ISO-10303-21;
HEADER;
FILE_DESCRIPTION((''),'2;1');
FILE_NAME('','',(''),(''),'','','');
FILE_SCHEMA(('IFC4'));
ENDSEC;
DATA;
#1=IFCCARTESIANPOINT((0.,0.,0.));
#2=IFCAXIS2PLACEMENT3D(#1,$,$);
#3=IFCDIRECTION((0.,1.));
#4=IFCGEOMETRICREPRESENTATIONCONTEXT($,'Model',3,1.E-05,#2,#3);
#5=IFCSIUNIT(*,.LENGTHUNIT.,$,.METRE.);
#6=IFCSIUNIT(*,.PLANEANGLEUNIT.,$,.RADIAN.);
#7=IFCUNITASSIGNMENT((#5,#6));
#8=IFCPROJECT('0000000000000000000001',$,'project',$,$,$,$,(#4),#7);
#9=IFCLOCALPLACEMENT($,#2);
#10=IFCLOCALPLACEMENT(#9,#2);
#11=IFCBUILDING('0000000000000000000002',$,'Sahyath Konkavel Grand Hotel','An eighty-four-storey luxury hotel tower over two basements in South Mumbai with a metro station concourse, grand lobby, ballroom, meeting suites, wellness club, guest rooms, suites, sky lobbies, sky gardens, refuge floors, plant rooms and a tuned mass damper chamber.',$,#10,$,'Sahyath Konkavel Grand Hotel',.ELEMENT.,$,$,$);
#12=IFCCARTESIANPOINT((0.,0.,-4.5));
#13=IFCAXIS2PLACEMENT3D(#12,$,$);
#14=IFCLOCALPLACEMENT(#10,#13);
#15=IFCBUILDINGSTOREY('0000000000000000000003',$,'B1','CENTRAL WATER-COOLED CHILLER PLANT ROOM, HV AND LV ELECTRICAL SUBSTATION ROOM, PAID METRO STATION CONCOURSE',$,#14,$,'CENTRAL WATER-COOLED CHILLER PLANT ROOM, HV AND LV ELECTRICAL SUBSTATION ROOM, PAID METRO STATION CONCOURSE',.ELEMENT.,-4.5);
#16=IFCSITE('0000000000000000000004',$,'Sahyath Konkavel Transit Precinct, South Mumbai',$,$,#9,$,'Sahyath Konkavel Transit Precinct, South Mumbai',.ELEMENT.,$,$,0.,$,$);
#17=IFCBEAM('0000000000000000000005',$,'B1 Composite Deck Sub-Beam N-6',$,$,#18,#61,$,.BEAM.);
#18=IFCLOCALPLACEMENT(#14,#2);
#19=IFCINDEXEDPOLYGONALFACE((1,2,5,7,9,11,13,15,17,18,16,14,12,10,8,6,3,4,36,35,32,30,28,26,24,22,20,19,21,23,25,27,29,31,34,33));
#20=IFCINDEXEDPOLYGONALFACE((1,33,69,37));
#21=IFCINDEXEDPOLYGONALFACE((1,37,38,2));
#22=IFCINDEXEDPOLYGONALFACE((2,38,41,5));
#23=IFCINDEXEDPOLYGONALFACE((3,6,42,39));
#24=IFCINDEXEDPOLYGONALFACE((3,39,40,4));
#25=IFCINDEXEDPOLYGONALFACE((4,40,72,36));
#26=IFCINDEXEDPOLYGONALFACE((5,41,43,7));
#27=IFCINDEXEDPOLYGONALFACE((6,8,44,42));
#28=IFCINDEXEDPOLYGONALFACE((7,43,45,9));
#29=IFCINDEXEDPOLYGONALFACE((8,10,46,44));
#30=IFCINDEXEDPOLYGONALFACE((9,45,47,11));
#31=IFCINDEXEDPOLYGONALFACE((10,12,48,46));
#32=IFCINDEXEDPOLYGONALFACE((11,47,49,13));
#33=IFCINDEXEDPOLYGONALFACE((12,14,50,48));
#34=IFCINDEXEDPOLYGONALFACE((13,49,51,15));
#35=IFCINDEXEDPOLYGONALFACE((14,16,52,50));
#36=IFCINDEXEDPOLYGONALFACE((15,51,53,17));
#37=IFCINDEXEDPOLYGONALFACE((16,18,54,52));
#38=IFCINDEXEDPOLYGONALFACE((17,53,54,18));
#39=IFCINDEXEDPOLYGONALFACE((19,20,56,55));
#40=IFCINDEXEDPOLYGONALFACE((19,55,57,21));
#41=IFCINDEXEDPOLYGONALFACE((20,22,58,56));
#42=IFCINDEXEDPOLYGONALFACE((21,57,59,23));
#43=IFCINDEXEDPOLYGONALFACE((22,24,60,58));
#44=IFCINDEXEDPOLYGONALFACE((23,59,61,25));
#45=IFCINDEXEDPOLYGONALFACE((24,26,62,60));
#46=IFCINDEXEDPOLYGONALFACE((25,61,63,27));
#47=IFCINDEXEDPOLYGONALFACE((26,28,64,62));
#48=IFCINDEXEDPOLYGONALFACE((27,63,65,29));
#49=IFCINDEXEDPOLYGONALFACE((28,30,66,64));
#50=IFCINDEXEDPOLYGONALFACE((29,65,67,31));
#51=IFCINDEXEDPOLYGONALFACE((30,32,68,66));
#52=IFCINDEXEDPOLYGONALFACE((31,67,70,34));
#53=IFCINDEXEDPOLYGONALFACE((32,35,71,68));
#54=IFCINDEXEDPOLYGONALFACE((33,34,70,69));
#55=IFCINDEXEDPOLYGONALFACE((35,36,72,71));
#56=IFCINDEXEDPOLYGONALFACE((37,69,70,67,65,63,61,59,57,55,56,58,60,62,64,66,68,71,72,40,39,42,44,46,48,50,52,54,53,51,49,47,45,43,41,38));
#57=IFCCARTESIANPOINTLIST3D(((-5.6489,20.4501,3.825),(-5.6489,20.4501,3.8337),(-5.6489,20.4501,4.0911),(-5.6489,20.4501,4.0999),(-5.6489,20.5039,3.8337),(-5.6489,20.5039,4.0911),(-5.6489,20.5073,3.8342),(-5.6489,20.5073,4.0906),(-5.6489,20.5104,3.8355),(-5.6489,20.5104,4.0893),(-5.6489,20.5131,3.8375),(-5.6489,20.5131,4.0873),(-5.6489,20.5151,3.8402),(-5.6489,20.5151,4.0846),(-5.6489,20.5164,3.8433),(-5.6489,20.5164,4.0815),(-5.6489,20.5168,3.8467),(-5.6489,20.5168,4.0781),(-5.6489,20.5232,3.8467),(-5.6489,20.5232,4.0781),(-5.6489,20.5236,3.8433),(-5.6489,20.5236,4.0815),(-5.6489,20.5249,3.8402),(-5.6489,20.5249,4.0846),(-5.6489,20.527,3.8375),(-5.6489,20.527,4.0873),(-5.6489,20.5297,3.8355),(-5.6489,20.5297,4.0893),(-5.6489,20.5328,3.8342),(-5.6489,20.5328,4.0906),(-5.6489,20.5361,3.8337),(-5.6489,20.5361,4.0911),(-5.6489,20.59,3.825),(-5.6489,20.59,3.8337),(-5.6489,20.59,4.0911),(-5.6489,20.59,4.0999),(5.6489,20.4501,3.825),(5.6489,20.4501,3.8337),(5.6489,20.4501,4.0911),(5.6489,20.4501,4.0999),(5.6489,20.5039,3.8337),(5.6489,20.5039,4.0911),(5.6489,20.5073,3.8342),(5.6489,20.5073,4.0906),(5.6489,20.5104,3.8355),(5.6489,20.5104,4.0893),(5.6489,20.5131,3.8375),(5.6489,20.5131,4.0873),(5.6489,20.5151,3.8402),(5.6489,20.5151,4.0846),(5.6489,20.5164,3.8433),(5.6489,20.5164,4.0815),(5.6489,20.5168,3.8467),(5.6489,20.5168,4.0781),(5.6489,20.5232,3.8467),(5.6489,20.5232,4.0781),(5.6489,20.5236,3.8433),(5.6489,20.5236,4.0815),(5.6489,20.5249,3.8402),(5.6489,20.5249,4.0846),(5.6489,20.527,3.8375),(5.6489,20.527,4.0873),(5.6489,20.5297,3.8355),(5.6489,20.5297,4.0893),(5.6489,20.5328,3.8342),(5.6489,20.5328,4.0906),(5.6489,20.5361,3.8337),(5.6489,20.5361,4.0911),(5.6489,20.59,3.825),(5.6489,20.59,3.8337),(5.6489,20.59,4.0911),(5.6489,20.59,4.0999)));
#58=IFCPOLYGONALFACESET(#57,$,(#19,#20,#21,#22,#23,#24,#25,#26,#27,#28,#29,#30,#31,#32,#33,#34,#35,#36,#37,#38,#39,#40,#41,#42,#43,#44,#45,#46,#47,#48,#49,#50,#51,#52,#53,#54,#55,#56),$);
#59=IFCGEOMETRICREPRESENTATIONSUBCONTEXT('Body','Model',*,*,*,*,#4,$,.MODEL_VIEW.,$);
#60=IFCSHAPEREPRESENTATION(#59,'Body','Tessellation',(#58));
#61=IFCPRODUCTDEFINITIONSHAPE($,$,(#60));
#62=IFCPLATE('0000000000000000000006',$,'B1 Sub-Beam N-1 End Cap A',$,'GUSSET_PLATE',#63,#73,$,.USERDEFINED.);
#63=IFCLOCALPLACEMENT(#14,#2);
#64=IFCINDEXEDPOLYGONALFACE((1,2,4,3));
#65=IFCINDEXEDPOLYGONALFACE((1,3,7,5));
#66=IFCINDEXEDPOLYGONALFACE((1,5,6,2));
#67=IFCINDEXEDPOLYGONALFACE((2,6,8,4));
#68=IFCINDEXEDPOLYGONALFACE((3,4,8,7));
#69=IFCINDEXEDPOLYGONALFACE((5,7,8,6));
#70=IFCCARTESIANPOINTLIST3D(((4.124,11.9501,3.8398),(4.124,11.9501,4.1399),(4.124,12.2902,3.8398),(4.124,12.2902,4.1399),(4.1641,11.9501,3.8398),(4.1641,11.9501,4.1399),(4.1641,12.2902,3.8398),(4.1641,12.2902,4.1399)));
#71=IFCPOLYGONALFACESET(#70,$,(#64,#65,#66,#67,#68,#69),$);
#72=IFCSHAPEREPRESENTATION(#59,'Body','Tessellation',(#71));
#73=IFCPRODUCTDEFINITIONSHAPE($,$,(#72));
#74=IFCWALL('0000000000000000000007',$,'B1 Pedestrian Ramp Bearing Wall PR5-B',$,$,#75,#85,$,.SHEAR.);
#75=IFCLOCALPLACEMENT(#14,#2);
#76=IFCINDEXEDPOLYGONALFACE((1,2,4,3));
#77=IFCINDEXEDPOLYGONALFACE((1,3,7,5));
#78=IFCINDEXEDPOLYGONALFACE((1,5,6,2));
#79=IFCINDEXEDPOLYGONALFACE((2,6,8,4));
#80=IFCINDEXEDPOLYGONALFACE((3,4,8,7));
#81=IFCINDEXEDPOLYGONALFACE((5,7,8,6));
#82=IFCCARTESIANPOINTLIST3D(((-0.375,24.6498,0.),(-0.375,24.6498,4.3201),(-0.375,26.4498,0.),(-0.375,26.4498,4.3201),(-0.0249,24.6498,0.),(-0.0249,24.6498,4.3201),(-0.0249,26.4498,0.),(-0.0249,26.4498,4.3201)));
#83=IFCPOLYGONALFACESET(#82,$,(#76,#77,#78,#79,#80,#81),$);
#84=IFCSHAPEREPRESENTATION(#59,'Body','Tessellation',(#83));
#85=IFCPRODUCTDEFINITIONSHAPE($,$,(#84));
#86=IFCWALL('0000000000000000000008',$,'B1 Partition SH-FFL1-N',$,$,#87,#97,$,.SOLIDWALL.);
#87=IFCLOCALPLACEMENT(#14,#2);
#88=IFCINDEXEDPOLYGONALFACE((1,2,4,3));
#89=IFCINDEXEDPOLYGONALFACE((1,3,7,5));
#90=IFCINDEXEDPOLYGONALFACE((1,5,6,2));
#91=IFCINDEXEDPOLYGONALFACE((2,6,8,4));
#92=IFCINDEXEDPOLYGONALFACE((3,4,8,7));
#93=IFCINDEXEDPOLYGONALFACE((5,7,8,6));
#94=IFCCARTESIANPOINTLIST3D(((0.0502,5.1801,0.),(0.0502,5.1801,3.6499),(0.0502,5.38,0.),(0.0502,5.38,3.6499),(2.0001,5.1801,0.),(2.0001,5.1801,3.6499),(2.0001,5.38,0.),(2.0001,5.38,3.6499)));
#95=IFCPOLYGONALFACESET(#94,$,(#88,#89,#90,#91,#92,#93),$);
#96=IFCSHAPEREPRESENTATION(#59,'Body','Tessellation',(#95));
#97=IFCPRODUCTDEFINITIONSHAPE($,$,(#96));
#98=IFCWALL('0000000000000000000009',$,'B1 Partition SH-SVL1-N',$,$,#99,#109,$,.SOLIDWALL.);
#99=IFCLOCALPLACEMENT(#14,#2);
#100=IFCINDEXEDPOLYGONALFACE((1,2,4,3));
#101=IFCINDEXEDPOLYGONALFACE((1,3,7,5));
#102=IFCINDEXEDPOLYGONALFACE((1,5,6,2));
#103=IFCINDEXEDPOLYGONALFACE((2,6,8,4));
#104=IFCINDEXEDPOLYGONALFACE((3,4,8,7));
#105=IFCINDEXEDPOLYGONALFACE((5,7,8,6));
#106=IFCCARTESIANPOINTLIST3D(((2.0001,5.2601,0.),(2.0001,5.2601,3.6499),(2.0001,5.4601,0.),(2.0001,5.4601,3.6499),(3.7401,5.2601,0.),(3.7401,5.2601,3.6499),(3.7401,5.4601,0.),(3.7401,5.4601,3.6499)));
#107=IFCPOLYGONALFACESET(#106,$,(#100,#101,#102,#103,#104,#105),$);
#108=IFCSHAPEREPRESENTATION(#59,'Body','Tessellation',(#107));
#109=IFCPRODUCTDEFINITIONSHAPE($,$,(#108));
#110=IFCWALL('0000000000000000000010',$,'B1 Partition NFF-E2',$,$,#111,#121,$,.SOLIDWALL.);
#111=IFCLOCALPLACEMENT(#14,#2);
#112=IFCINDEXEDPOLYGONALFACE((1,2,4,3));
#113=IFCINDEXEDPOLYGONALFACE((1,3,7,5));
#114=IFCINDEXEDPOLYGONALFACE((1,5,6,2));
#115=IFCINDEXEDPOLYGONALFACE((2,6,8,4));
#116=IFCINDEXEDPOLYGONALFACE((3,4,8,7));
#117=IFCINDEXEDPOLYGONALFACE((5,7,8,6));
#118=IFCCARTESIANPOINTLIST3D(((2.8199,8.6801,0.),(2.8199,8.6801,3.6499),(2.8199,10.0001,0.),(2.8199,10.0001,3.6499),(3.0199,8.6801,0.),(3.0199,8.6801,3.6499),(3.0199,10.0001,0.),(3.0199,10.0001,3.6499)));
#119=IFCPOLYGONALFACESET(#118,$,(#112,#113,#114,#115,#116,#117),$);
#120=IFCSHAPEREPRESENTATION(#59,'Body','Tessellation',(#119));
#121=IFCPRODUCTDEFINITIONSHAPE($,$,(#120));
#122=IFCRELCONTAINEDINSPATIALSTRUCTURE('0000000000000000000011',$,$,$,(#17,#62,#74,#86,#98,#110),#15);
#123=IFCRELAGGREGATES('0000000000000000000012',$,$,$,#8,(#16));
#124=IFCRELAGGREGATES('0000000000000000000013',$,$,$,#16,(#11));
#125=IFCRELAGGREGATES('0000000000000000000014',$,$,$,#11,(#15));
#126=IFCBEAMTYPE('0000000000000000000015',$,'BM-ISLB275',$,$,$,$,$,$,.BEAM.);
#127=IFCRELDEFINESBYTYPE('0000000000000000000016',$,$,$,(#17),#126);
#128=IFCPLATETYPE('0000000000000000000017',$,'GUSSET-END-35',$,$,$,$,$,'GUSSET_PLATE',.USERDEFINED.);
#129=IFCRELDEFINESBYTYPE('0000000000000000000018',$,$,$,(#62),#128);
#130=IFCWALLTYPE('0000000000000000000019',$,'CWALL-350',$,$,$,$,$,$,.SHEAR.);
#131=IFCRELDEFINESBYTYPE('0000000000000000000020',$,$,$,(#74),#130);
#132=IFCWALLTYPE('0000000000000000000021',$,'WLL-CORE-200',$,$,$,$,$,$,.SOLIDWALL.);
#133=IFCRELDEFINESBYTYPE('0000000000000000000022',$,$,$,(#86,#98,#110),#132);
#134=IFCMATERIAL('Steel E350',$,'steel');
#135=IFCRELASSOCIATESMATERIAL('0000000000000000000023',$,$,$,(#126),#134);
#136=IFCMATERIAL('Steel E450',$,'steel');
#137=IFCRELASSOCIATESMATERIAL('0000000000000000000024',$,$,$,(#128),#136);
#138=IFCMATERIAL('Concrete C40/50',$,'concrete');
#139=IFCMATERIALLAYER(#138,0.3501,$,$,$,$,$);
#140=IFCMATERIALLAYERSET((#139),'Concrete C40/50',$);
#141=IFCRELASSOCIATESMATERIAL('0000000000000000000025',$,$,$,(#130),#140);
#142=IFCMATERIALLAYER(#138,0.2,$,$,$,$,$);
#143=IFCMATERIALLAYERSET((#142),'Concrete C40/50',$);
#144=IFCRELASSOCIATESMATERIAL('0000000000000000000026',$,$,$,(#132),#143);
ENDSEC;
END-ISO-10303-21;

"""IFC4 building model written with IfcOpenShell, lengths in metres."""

from ifc_helpers import new_model, si_unit, direction, frame, frame_2d, origin, origin_2d, place, context, subcontext, project, spatial, rectangle, i_section, extrude, source, transform, mapped, material, layer, layer_set, material_profile, profile_set, type_object, element, save


model = new_model("IFC4")

# Units and contexts
model_context = context("Model", 3, precision=1e-05, world=origin(), true_north=direction((0.0, 1.0)))
body_context = subcontext(model_context, "Body", "Model", "MODEL_VIEW")
ifc_project = project(units=[si_unit("LENGTHUNIT", "METRE"), si_unit("PLANEANGLEUNIT", "RADIAN")], contexts=[model_context])

# Site, building, storey
site_placement = place(None, origin())
site = spatial("IfcSite", under=ifc_project, at=site_placement, Name="Sahyath Konkavel Transit Precinct, South Mumbai", LongName="Sahyath Konkavel Transit Precinct, South Mumbai", CompositionType="ELEMENT", RefElevation=0.0)
building_placement = place(site_placement, origin())
building = spatial("IfcBuilding", under=site, at=building_placement, Name="Sahyath Konkavel Grand Hotel", Description="An eighty-four-storey luxury hotel tower over two basements in South Mumbai with a metro station concourse, grand lobby, ballroom, meeting suites, wellness club, guest rooms, suites, sky lobbies, sky gardens, refuge floors, plant rooms and a tuned mass damper chamber.", LongName="Sahyath Konkavel Grand Hotel", CompositionType="ELEMENT")
storey_placement = place(building_placement, frame((0.0, 0.0, -4.5)))
storey = spatial("IfcBuildingStorey", under=building, at=storey_placement, Name="B1", Description="CENTRAL WATER-COOLED CHILLER PLANT ROOM, HV AND LV ELECTRICAL SUBSTATION ROOM, PAID METRO STATION CONCOURSE", LongName="CENTRAL WATER-COOLED CHILLER PLANT ROOM, HV AND LV ELECTRICAL SUBSTATION ROOM, PAID METRO STATION CONCOURSE", CompositionType="ELEMENT", Elevation=-4.5)

# Beam
ifc_material_1 = material(Name="Steel E350", Category="steel")
ifc_material_profile_1 = material_profile(ifc_material_1, i_section(OverallWidth=0.1399, OverallDepth=0.2749, WebThickness=0.0063, FlangeThickness=0.0088, FilletRadius=0.0129, at=origin_2d()), Name="ISLB 275")
ifc_profile_set_1 = profile_set([ifc_material_profile_1], Name="Steel E350")
beam_type_1 = type_object("IfcBeamType", Name="BM-ISLB275", PredefinedType="BEAM", material=ifc_profile_set_1)
shared_shape_1 = source(origin(), body_context, "Body", "SweptSolid", [
    extrude(i_section(OverallWidth=0.1399, OverallDepth=0.2749, WebThickness=0.0063, FlangeThickness=0.0088, FilletRadius=0.0129, at=origin_2d()), origin(), (0.0, 0.0, 1.0), 11.2979),
])
beam_1_placement = place(storey_placement, frame((5.6489, 20.52, 3.9624), z_axis=(-1.0, 0.0, 0.0), x_axis=(0.0, -1.0, 0.0)))
element("IfcBeam", 1, at=beam_1_placement, inside=storey, type_object=beam_type_1, Name="B1 Composite Deck Sub-Beam N-6", PredefinedType="BEAM", context=body_context, shape_type="MappedRepresentation", body=[
    mapped(shared_shape_1, transform((0.0, 0.0, 0.0), scale=1.0)),
])

# Plate
ifc_material_2 = material(Name="Steel E450", Category="steel")
plate_type = type_object("IfcPlateType", Name="GUSSET-END-35", ElementType="GUSSET_PLATE", PredefinedType="USERDEFINED", material=ifc_material_2)
shared_shape_2 = source(origin(), body_context, "Body", "SweptSolid", [
    extrude(rectangle(XDim=0.04, YDim=0.3401, at=origin_2d()), origin(), (0.0, 0.0, 1.0), 0.3),
])
plate_placement = place(storey_placement, frame((4.144, 12.1201, 3.8398), z_axis=(0.0, 0.0, 1.0), x_axis=(-1.0, 0.0, 0.0)))
element("IfcPlate", 2, at=plate_placement, inside=storey, type_object=plate_type, Name="B1 Sub-Beam N-1 End Cap A", ObjectType="GUSSET_PLATE", PredefinedType="USERDEFINED", context=body_context, shape_type="MappedRepresentation", body=[
    mapped(shared_shape_2, transform((0.0, 0.0, 0.0), scale=1.0)),
])

# Walls
ifc_material_3 = material(Name="Concrete C40/50", Category="concrete")
ifc_layer_1 = layer(ifc_material_3, 0.3501)
ifc_layer_set_1 = layer_set([ifc_layer_1], Name="Concrete C40/50")
wall_type_1 = type_object("IfcWallType", Name="CWALL-350", PredefinedType="SHEAR", material=ifc_layer_set_1)
wall_1_placement = place(storey_placement, frame((-0.2, 24.6499, 0.0), z_axis=(0.0, 0.0, 1.0), x_axis=(0.0, 1.0, 0.0)))
element("IfcWall", 3, at=wall_1_placement, inside=storey, type_object=wall_type_1, Name="B1 Pedestrian Ramp Bearing Wall PR5-B", PredefinedType="SHEAR", context=body_context, shape_type="SweptSolid", body=[
    extrude(rectangle(XDim=1.8, YDim=0.3501, at=frame_2d((0.8999, 0.0))), origin(), (0.0, 0.0, 1.0), 4.3201),
])
ifc_layer_2 = layer(ifc_material_3, 0.2)
ifc_layer_set_2 = layer_set([ifc_layer_2], Name="Concrete C40/50")
wall_type_2 = type_object("IfcWallType", Name="WLL-CORE-200", PredefinedType="SOLIDWALL", material=ifc_layer_set_2)
wall_2_placement = place(storey_placement, frame((0.05, 5.28, 0.0), z_axis=(0.0, 0.0, 1.0), x_axis=(1.0, 0.0, 0.0)))
element("IfcWall", 4, at=wall_2_placement, inside=storey, type_object=wall_type_2, Name="B1 Partition SH-FFL1-N", PredefinedType="SOLIDWALL", context=body_context, shape_type="SweptSolid", body=[
    extrude(rectangle(XDim=1.95, YDim=0.2, at=frame_2d((0.9751, 0.0))), origin(), (0.0, 0.0, 1.0), 3.6499),
])
wall_3_placement = place(storey_placement, frame((2.0, 5.3601, 0.0), z_axis=(0.0, 0.0, 1.0), x_axis=(1.0, 0.0, 0.0)))
element("IfcWall", 5, at=wall_3_placement, inside=storey, type_object=wall_type_2, Name="B1 Partition SH-SVL1-N", PredefinedType="SOLIDWALL", context=body_context, shape_type="SweptSolid", body=[
    extrude(rectangle(XDim=1.74, YDim=0.2, at=frame_2d((0.8701, 0.0))), origin(), (0.0, 0.0, 1.0), 3.6499),
])

# Wall
wall_4_placement = place(storey_placement, frame((2.9199, 8.6799, 0.0), z_axis=(0.0, 0.0, 1.0), x_axis=(0.0, 1.0, 0.0)))
element("IfcWall", 6, at=wall_4_placement, inside=storey, type_object=wall_type_2, Name="B1 Partition NFF-E2", PredefinedType="SOLIDWALL", context=body_context, shape_type="SweptSolid", body=[
    extrude(rectangle(XDim=1.3201, YDim=0.2, at=frame_2d((0.6602, 0.0))), origin(), (0.0, 0.0, 1.0), 3.6499),
])

save(model, "model.ifc")
